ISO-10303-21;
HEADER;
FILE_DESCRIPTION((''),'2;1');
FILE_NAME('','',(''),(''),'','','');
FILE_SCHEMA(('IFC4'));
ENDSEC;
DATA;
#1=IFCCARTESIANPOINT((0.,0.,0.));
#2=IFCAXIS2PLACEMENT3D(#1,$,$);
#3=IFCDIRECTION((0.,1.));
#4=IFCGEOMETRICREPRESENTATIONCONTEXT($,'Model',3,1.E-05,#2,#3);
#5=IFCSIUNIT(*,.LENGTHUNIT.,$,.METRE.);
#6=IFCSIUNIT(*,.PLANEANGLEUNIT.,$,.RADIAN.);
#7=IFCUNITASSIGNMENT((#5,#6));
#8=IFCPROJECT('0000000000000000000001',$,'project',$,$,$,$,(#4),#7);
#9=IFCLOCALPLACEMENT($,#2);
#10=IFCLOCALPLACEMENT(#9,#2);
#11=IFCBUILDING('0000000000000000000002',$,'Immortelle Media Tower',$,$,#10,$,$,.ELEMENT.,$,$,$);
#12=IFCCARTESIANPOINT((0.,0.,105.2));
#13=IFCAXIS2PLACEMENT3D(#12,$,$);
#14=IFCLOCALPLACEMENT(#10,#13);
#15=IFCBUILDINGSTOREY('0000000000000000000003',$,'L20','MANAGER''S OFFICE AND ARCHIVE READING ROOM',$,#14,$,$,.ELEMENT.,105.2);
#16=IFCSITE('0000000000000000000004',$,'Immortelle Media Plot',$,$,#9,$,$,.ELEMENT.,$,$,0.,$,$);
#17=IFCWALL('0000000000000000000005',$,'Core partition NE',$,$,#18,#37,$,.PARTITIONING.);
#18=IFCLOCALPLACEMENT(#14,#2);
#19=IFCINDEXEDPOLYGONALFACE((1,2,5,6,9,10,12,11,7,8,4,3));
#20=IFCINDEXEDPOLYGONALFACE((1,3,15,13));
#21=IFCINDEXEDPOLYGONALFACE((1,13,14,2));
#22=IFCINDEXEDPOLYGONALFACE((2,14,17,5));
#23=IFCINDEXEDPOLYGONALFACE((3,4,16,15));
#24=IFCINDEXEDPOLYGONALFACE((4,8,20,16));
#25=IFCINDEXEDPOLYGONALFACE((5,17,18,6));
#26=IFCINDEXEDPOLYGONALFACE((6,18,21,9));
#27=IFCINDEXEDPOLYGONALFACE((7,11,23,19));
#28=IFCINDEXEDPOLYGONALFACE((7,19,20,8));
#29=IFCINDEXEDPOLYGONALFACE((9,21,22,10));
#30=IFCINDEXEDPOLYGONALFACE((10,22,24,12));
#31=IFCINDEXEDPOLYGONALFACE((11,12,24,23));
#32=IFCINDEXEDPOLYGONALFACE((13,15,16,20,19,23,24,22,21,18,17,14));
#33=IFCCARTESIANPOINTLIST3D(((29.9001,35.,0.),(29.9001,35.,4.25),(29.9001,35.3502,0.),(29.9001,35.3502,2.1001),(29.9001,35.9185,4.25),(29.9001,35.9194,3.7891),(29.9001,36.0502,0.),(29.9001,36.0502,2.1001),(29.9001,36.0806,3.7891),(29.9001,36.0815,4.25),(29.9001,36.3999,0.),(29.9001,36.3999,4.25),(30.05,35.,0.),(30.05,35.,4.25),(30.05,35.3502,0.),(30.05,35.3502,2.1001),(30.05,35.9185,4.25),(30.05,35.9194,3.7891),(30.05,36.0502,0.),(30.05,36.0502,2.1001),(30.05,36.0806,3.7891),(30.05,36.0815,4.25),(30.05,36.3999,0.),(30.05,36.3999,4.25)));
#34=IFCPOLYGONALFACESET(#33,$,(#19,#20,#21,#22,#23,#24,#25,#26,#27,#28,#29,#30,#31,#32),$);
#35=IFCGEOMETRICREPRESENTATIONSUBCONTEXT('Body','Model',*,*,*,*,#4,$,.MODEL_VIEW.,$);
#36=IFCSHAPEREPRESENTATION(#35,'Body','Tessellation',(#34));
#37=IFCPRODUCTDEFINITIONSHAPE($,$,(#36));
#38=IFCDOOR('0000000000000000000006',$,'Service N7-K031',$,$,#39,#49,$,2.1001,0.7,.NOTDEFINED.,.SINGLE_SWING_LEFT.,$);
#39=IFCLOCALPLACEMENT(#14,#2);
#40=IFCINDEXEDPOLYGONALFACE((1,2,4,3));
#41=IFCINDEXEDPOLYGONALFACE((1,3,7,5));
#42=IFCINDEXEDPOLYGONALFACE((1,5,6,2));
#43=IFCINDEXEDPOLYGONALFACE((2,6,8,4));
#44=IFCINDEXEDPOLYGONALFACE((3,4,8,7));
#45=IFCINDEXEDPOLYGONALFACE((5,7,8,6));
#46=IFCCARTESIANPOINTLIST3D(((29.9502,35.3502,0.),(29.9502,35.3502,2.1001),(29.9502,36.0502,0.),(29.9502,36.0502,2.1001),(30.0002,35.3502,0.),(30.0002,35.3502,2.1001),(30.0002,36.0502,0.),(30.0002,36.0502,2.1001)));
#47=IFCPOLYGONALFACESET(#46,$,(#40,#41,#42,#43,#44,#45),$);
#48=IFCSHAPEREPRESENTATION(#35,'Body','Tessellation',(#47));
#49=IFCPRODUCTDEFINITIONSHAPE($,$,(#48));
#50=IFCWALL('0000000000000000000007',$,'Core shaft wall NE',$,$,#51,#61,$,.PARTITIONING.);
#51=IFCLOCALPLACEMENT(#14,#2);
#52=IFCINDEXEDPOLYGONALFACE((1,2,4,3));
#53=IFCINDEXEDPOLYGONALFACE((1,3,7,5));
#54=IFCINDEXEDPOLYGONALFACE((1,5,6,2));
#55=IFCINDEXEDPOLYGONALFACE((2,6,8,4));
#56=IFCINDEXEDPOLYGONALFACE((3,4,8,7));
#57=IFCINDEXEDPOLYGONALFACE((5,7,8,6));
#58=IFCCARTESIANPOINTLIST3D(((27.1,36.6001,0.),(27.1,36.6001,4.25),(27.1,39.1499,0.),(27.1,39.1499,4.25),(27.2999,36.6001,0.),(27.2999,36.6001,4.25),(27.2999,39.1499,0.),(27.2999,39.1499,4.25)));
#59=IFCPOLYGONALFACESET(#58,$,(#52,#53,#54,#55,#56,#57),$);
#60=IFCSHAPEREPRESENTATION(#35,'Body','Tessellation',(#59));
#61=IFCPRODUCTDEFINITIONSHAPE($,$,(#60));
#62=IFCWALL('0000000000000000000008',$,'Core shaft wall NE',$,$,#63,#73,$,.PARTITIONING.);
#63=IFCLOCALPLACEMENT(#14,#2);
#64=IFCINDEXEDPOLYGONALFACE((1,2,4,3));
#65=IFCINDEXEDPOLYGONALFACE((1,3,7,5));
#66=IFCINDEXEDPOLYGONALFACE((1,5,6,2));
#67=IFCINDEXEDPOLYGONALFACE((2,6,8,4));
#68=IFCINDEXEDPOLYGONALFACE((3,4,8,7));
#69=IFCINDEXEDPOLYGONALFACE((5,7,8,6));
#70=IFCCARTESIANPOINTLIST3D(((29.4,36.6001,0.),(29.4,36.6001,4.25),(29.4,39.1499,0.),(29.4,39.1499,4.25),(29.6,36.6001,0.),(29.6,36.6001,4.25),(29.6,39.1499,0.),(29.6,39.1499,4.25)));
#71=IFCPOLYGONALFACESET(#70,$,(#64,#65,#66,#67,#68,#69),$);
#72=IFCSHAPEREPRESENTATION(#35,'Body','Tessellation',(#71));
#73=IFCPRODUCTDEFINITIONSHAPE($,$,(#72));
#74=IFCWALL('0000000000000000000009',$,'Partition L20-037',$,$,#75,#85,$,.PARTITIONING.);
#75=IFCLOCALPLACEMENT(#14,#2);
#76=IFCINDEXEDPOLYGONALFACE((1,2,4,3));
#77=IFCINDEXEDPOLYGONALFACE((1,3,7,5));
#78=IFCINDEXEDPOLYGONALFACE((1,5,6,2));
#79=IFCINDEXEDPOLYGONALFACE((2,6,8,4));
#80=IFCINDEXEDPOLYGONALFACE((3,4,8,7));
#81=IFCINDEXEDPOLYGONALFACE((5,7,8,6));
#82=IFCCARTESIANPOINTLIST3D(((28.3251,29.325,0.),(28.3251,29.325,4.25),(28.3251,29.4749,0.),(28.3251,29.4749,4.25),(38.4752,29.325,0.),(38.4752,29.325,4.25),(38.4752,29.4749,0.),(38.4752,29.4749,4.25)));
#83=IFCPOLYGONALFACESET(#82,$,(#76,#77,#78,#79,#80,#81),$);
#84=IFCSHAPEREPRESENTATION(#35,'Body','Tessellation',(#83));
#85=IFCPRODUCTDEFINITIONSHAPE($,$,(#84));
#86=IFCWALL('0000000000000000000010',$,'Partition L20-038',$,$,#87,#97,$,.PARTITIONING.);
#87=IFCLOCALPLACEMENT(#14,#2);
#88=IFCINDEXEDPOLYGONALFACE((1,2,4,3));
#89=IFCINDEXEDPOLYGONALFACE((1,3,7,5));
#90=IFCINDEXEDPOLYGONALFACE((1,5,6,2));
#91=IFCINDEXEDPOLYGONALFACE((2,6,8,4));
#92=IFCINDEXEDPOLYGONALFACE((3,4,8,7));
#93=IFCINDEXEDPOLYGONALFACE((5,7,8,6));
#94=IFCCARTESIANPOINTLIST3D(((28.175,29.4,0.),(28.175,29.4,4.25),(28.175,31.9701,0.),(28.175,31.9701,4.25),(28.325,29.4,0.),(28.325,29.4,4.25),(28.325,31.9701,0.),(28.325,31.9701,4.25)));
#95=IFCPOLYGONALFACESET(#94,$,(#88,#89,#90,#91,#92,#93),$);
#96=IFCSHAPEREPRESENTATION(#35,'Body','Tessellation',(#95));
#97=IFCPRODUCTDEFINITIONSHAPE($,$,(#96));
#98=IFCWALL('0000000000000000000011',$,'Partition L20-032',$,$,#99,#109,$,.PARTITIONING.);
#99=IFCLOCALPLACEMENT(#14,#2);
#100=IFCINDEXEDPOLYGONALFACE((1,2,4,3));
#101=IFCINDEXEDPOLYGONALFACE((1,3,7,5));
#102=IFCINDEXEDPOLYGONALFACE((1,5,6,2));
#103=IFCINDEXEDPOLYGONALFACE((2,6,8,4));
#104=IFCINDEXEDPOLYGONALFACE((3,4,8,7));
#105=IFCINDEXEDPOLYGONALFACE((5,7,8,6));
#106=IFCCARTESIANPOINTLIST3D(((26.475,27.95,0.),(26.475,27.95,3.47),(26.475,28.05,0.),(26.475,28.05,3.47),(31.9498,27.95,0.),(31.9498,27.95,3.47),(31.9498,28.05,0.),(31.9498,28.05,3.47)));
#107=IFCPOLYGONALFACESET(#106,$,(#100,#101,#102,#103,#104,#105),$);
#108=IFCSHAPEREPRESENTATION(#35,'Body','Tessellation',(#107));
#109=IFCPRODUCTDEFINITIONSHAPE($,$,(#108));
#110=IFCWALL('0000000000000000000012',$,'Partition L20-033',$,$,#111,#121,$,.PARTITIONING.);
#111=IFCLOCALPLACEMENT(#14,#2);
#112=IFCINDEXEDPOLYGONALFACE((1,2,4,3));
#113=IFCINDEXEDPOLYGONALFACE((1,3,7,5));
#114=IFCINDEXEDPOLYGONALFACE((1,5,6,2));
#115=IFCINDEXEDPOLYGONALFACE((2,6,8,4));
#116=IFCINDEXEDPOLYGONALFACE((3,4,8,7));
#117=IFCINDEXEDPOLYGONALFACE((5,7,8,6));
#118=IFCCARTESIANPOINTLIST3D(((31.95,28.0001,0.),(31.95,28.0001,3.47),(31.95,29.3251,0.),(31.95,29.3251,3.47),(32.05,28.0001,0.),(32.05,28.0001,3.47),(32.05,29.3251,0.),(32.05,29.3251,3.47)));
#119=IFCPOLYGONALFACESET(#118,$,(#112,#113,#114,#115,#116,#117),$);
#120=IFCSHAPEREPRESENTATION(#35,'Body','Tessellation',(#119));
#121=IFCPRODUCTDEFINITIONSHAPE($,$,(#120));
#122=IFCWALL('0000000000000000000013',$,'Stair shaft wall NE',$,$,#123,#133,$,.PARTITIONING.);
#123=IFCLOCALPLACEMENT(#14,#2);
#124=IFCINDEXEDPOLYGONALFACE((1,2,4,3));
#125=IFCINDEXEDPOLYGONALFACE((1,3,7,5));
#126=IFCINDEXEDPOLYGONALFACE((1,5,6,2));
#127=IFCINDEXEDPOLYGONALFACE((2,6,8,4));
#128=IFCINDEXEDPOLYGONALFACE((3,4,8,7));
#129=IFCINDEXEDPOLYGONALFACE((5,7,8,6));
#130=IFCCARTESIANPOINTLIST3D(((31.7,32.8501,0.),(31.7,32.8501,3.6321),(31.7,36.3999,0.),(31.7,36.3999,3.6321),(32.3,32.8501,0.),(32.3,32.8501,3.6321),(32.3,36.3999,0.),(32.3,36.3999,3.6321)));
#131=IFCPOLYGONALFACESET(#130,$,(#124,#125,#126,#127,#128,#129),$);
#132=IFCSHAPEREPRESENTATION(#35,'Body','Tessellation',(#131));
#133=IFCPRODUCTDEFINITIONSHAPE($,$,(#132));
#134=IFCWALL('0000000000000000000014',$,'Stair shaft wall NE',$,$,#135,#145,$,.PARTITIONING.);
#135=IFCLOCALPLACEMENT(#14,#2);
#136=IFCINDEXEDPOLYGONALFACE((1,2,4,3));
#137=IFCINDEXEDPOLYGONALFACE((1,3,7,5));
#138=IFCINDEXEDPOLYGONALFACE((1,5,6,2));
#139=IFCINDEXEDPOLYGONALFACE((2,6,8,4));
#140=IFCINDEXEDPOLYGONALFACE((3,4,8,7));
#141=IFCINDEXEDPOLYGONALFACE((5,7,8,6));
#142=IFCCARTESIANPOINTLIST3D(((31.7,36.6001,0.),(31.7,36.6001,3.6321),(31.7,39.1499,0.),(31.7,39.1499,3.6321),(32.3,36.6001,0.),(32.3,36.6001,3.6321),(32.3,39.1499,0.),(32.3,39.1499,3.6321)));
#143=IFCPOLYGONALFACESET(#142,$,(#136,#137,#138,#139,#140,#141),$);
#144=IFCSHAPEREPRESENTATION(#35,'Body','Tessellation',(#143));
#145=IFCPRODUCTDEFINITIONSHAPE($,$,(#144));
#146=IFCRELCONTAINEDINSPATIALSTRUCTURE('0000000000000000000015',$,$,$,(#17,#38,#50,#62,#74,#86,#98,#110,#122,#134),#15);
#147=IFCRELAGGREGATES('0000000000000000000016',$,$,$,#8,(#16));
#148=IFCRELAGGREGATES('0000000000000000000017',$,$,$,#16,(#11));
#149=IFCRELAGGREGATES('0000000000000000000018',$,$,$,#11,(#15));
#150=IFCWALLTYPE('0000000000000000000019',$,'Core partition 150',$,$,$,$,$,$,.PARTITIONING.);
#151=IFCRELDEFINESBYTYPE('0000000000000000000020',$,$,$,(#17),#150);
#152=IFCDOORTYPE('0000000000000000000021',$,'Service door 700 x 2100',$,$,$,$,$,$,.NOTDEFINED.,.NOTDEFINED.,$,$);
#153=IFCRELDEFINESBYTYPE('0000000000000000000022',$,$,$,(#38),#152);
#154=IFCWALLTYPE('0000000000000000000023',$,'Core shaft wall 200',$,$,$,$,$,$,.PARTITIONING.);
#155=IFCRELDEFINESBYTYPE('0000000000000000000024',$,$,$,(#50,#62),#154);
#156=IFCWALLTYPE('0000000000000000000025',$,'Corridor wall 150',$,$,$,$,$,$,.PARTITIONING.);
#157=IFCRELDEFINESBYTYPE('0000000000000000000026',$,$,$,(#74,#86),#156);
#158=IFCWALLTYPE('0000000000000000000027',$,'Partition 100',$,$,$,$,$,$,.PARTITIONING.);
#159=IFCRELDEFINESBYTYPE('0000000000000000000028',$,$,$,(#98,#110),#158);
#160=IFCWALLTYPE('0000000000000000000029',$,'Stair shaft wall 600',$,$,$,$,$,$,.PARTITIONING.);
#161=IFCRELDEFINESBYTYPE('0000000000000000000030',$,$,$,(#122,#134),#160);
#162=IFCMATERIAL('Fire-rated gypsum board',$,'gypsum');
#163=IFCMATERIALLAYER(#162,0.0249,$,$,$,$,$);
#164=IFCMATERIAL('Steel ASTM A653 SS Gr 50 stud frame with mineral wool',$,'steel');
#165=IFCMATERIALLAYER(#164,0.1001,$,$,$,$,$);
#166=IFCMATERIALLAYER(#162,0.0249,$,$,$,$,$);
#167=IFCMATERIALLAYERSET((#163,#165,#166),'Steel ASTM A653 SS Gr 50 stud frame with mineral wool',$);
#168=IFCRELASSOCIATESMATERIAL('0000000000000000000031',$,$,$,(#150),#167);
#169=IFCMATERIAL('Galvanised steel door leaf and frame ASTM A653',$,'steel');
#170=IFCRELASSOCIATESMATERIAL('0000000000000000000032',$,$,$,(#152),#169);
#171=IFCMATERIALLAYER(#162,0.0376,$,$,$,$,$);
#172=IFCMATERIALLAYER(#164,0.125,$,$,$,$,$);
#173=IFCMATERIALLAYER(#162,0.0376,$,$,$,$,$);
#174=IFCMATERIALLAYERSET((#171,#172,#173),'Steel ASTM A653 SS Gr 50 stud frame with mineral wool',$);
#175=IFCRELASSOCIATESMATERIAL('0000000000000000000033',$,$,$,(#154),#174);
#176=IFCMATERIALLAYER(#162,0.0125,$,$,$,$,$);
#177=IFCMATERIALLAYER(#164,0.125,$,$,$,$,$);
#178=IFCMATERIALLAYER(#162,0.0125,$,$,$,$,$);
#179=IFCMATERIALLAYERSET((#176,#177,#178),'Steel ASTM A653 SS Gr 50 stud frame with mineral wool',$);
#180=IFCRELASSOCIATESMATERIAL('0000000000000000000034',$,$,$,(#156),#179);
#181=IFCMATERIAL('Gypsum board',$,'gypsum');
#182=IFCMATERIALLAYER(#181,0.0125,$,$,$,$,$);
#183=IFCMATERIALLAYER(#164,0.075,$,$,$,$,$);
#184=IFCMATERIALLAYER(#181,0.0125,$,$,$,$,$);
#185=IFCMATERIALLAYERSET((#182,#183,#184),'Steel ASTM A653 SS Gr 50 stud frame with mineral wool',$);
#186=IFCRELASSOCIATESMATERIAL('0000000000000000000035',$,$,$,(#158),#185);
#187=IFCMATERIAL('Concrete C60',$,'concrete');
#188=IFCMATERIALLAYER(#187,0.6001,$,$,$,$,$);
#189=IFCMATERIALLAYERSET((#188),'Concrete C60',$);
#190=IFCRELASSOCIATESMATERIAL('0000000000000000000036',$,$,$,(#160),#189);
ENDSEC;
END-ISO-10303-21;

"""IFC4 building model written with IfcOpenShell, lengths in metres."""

from ifc_helpers import new_model, si_unit, direction, frame, frame_2d, origin, place, context, subcontext, project, spatial, polyline, rectangle, outline, extrude, material, layer, layer_set, type_object, element, fill, save


model = new_model("IFC4")

# Units and contexts
model_context = context("Model", 3, precision=1e-05, world=origin(), true_north=direction((0.0, 1.0)))
body_context = subcontext(model_context, "Body", "Model", "MODEL_VIEW")
ifc_project = project(units=[si_unit("LENGTHUNIT", "METRE"), si_unit("PLANEANGLEUNIT", "RADIAN")], contexts=[model_context])

# Site, building, storey
site_placement = place(None, origin())
site = spatial("IfcSite", under=ifc_project, at=site_placement, Name="Immortelle Media Plot", CompositionType="ELEMENT", RefElevation=0.0)
building_placement = place(site_placement, origin())
building = spatial("IfcBuilding", under=site, at=building_placement, Name="Immortelle Media Tower", CompositionType="ELEMENT")
storey_placement = place(building_placement, frame((0.0, 0.0, 105.2)))
storey = spatial("IfcBuildingStorey", under=building, at=storey_placement, Name="L20", Description="MANAGER'S OFFICE AND ARCHIVE READING ROOM", CompositionType="ELEMENT", Elevation=105.2)

# Shared definitions
ifc_material_1 = material(Name="Fire-rated gypsum board", Category="gypsum")
ifc_layer_1 = layer(ifc_material_1, 0.0249)
ifc_material_2 = material(Name="Steel ASTM A653 SS Gr 50 stud frame with mineral wool", Category="steel")
ifc_layer_2 = layer(ifc_material_2, 0.1001)
ifc_layer_3 = layer(ifc_material_1, 0.0249)
ifc_layer_set_1 = layer_set([ifc_layer_1, ifc_layer_2, ifc_layer_3], Name="Steel ASTM A653 SS Gr 50 stud frame with mineral wool")
wall_type_1 = type_object("IfcWallType", Name="Core partition 150", PredefinedType="PARTITIONING", material=ifc_layer_set_1)
ifc_material_3 = material(Name="Galvanised steel door leaf and frame ASTM A653", Category="steel")

# Wall, opening, door
wall_1_placement = place(storey_placement, frame((29.9751, 35.0, 0.0), z_axis=(0.0, 0.0, 1.0), x_axis=(0.0, 1.0, 0.0)))
wall_1 = element("IfcWall", 1, at=wall_1_placement, inside=storey, type_object=wall_type_1, Name="Core partition NE", PredefinedType="PARTITIONING", context=body_context, shape_type="SweptSolid", body=[
    extrude(outline(polyline([(0.0, 0.0), (1.3999, 0.0), (1.3999, 4.25), (1.0815, 4.25), (1.0806, 3.7891), (0.9194, 3.7891), (0.9185, 4.25), (0.0, 4.25), (0.0, 0.0)])), frame((0.0, 0.075, 0.0), z_axis=(0.0, -1.0, 0.0), x_axis=(1.0, 0.0, 0.0)), (0.0, 0.0, 1.0), 0.1499),
])
opening_1_placement = place(wall_1_placement, frame((0.3501, 0.0, 0.0)))
opening_1 = element("IfcOpeningElement", 2, at=opening_1_placement, cuts=wall_1, PredefinedType="OPENING", context=body_context, shape_type="SweptSolid", body=[
    extrude(rectangle(XDim=0.7, YDim=2.1001, at=frame_2d((0.3501, 1.05))), frame((0.0, 0.085, 0.0), z_axis=(0.0, -1.0, 0.0), x_axis=(1.0, 0.0, 0.0)), (0.0, 0.0, 1.0), 0.1699),
])
door_type_1 = type_object("IfcDoorType", Name="Service door 700 x 2100", OperationType="NOTDEFINED", PredefinedType="NOTDEFINED", material=ifc_material_3)
door_1_placement = place(opening_1_placement, origin())
door_1 = element("IfcDoor", 3, at=door_1_placement, inside=storey, type_object=door_type_1, Name="Service N7-K031", OperationType="SINGLE_SWING_LEFT", OverallHeight=2.1001, OverallWidth=0.7, PredefinedType="NOTDEFINED", context=body_context, shape_type="SweptSolid", body=[
    extrude(rectangle(XDim=0.7, YDim=2.1001, at=frame_2d((0.3501, 1.05))), frame((0.0, 0.0249, 0.0), z_axis=(0.0, -1.0, 0.0), x_axis=(1.0, 0.0, 0.0)), (0.0, 0.0, 1.0), 0.05),
])
fill(opening_1, door_1)

# Walls
ifc_layer_4 = layer(ifc_material_1, 0.0376)
ifc_layer_5 = layer(ifc_material_2, 0.125)
ifc_layer_6 = layer(ifc_material_1, 0.0376)
ifc_layer_set_2 = layer_set([ifc_layer_4, ifc_layer_5, ifc_layer_6], Name="Steel ASTM A653 SS Gr 50 stud frame with mineral wool")
wall_type_2 = type_object("IfcWallType", Name="Core shaft wall 200", PredefinedType="PARTITIONING", material=ifc_layer_set_2)
for number, where, z_axis, x_axis, name in (
    (4, (27.2, 36.6001, 0.0), (0.0, 0.0, 1.0), (0.0, 1.0, 0.0), "Core shaft wall NE"),
    (5, (29.5, 36.6001, 0.0), (0.0, 0.0, 1.0), (0.0, 1.0, 0.0), "Core shaft wall NE"),
):
    element("IfcWall", number, at=place(storey_placement, frame(where, z_axis=z_axis, x_axis=x_axis)), inside=storey, type_object=wall_type_2, Name=name, PredefinedType="PARTITIONING", context=body_context, shape_type="SweptSolid", body=[
        extrude(rectangle(XDim=2.5498, YDim=0.2, at=frame_2d((1.2749, 0.0))), origin(), (0.0, 0.0, 1.0), 4.25),
    ])
ifc_layer_7 = layer(ifc_material_1, 0.0125)
ifc_layer_8 = layer(ifc_material_2, 0.125)
ifc_layer_9 = layer(ifc_material_1, 0.0125)
ifc_layer_set_3 = layer_set([ifc_layer_7, ifc_layer_8, ifc_layer_9], Name="Steel ASTM A653 SS Gr 50 stud frame with mineral wool")
wall_type_3 = type_object("IfcWallType", Name="Corridor wall 150", PredefinedType="PARTITIONING", material=ifc_layer_set_3)
wall_2_placement = place(storey_placement, frame((28.325, 29.3999, 0.0), z_axis=(0.0, 0.0, 1.0), x_axis=(1.0, 0.0, 0.0)))
element("IfcWall", 6, at=wall_2_placement, inside=storey, type_object=wall_type_3, Name="Partition L20-037", PredefinedType="PARTITIONING", context=body_context, shape_type="SweptSolid", body=[
    extrude(rectangle(XDim=10.1501, YDim=0.1499, at=frame_2d((5.0752, 0.0))), origin(), (0.0, 0.0, 1.0), 4.25),
])
wall_3_placement = place(storey_placement, frame((28.25, 29.3999, 0.0), z_axis=(0.0, 0.0, 1.0), x_axis=(0.0, 1.0, 0.0)))
element("IfcWall", 7, at=wall_3_placement, inside=storey, type_object=wall_type_3, Name="Partition L20-038", PredefinedType="PARTITIONING", context=body_context, shape_type="SweptSolid", body=[
    extrude(rectangle(XDim=2.5701, YDim=0.1499, at=frame_2d((1.2852, 0.0))), origin(), (0.0, 0.0, 1.0), 4.25),
])
ifc_material_4 = material(Name="Gypsum board", Category="gypsum")
ifc_layer_10 = layer(ifc_material_4, 0.0125)
ifc_layer_11 = layer(ifc_material_2, 0.075)
ifc_layer_12 = layer(ifc_material_4, 0.0125)
ifc_layer_set_4 = layer_set([ifc_layer_10, ifc_layer_11, ifc_layer_12], Name="Steel ASTM A653 SS Gr 50 stud frame with mineral wool")
wall_type_4 = type_object("IfcWallType", Name="Partition 100", PredefinedType="PARTITIONING", material=ifc_layer_set_4)
wall_4_placement = place(storey_placement, frame((26.4751, 28.0, 0.0), z_axis=(0.0, 0.0, 1.0), x_axis=(1.0, 0.0, 0.0)))
element("IfcWall", 8, at=wall_4_placement, inside=storey, type_object=wall_type_4, Name="Partition L20-032", PredefinedType="PARTITIONING", context=body_context, shape_type="SweptSolid", body=[
    extrude(rectangle(XDim=5.4749, YDim=0.1001, at=frame_2d((2.7373, 0.0))), origin(), (0.0, 0.0, 1.0), 3.47),
])
wall_5_placement = place(storey_placement, frame((32.0, 28.0, 0.0), z_axis=(0.0, 0.0, 1.0), x_axis=(0.0, 1.0, 0.0)))
element("IfcWall", 9, at=wall_5_placement, inside=storey, type_object=wall_type_4, Name="Partition L20-033", PredefinedType="PARTITIONING", context=body_context, shape_type="SweptSolid", body=[
    extrude(rectangle(XDim=1.325, YDim=0.1001, at=frame_2d((0.6626, 0.0))), origin(), (0.0, 0.0, 1.0), 3.47),
])
ifc_material_5 = material(Name="Concrete C60", Category="concrete")
ifc_layer_13 = layer(ifc_material_5, 0.6001)
ifc_layer_set_5 = layer_set([ifc_layer_13], Name="Concrete C60")
wall_type_5 = type_object("IfcWallType", Name="Stair shaft wall 600", PredefinedType="PARTITIONING", material=ifc_layer_set_5)
wall_6_placement = place(storey_placement, frame((32.0, 32.8501, 0.0), z_axis=(0.0, 0.0, 1.0), x_axis=(0.0, 1.0, 0.0)))
element("IfcWall", 10, at=wall_6_placement, inside=storey, type_object=wall_type_5, Name="Stair shaft wall NE", PredefinedType="PARTITIONING", context=body_context, shape_type="SweptSolid", body=[
    extrude(rectangle(XDim=3.5498, YDim=0.6001, at=frame_2d((1.7749, 0.0))), origin(), (0.0, 0.0, 1.0), 3.6321),
])
wall_7_placement = place(storey_placement, frame((32.0, 36.6001, 0.0), z_axis=(0.0, 0.0, 1.0), x_axis=(0.0, 1.0, 0.0)))
element("IfcWall", 11, at=wall_7_placement, inside=storey, type_object=wall_type_5, Name="Stair shaft wall NE", PredefinedType="PARTITIONING", context=body_context, shape_type="SweptSolid", body=[
    extrude(rectangle(XDim=2.5498, YDim=0.6001, at=frame_2d((1.2749, 0.0))), origin(), (0.0, 0.0, 1.0), 3.6321),
])

save(model, "model.ifc")
